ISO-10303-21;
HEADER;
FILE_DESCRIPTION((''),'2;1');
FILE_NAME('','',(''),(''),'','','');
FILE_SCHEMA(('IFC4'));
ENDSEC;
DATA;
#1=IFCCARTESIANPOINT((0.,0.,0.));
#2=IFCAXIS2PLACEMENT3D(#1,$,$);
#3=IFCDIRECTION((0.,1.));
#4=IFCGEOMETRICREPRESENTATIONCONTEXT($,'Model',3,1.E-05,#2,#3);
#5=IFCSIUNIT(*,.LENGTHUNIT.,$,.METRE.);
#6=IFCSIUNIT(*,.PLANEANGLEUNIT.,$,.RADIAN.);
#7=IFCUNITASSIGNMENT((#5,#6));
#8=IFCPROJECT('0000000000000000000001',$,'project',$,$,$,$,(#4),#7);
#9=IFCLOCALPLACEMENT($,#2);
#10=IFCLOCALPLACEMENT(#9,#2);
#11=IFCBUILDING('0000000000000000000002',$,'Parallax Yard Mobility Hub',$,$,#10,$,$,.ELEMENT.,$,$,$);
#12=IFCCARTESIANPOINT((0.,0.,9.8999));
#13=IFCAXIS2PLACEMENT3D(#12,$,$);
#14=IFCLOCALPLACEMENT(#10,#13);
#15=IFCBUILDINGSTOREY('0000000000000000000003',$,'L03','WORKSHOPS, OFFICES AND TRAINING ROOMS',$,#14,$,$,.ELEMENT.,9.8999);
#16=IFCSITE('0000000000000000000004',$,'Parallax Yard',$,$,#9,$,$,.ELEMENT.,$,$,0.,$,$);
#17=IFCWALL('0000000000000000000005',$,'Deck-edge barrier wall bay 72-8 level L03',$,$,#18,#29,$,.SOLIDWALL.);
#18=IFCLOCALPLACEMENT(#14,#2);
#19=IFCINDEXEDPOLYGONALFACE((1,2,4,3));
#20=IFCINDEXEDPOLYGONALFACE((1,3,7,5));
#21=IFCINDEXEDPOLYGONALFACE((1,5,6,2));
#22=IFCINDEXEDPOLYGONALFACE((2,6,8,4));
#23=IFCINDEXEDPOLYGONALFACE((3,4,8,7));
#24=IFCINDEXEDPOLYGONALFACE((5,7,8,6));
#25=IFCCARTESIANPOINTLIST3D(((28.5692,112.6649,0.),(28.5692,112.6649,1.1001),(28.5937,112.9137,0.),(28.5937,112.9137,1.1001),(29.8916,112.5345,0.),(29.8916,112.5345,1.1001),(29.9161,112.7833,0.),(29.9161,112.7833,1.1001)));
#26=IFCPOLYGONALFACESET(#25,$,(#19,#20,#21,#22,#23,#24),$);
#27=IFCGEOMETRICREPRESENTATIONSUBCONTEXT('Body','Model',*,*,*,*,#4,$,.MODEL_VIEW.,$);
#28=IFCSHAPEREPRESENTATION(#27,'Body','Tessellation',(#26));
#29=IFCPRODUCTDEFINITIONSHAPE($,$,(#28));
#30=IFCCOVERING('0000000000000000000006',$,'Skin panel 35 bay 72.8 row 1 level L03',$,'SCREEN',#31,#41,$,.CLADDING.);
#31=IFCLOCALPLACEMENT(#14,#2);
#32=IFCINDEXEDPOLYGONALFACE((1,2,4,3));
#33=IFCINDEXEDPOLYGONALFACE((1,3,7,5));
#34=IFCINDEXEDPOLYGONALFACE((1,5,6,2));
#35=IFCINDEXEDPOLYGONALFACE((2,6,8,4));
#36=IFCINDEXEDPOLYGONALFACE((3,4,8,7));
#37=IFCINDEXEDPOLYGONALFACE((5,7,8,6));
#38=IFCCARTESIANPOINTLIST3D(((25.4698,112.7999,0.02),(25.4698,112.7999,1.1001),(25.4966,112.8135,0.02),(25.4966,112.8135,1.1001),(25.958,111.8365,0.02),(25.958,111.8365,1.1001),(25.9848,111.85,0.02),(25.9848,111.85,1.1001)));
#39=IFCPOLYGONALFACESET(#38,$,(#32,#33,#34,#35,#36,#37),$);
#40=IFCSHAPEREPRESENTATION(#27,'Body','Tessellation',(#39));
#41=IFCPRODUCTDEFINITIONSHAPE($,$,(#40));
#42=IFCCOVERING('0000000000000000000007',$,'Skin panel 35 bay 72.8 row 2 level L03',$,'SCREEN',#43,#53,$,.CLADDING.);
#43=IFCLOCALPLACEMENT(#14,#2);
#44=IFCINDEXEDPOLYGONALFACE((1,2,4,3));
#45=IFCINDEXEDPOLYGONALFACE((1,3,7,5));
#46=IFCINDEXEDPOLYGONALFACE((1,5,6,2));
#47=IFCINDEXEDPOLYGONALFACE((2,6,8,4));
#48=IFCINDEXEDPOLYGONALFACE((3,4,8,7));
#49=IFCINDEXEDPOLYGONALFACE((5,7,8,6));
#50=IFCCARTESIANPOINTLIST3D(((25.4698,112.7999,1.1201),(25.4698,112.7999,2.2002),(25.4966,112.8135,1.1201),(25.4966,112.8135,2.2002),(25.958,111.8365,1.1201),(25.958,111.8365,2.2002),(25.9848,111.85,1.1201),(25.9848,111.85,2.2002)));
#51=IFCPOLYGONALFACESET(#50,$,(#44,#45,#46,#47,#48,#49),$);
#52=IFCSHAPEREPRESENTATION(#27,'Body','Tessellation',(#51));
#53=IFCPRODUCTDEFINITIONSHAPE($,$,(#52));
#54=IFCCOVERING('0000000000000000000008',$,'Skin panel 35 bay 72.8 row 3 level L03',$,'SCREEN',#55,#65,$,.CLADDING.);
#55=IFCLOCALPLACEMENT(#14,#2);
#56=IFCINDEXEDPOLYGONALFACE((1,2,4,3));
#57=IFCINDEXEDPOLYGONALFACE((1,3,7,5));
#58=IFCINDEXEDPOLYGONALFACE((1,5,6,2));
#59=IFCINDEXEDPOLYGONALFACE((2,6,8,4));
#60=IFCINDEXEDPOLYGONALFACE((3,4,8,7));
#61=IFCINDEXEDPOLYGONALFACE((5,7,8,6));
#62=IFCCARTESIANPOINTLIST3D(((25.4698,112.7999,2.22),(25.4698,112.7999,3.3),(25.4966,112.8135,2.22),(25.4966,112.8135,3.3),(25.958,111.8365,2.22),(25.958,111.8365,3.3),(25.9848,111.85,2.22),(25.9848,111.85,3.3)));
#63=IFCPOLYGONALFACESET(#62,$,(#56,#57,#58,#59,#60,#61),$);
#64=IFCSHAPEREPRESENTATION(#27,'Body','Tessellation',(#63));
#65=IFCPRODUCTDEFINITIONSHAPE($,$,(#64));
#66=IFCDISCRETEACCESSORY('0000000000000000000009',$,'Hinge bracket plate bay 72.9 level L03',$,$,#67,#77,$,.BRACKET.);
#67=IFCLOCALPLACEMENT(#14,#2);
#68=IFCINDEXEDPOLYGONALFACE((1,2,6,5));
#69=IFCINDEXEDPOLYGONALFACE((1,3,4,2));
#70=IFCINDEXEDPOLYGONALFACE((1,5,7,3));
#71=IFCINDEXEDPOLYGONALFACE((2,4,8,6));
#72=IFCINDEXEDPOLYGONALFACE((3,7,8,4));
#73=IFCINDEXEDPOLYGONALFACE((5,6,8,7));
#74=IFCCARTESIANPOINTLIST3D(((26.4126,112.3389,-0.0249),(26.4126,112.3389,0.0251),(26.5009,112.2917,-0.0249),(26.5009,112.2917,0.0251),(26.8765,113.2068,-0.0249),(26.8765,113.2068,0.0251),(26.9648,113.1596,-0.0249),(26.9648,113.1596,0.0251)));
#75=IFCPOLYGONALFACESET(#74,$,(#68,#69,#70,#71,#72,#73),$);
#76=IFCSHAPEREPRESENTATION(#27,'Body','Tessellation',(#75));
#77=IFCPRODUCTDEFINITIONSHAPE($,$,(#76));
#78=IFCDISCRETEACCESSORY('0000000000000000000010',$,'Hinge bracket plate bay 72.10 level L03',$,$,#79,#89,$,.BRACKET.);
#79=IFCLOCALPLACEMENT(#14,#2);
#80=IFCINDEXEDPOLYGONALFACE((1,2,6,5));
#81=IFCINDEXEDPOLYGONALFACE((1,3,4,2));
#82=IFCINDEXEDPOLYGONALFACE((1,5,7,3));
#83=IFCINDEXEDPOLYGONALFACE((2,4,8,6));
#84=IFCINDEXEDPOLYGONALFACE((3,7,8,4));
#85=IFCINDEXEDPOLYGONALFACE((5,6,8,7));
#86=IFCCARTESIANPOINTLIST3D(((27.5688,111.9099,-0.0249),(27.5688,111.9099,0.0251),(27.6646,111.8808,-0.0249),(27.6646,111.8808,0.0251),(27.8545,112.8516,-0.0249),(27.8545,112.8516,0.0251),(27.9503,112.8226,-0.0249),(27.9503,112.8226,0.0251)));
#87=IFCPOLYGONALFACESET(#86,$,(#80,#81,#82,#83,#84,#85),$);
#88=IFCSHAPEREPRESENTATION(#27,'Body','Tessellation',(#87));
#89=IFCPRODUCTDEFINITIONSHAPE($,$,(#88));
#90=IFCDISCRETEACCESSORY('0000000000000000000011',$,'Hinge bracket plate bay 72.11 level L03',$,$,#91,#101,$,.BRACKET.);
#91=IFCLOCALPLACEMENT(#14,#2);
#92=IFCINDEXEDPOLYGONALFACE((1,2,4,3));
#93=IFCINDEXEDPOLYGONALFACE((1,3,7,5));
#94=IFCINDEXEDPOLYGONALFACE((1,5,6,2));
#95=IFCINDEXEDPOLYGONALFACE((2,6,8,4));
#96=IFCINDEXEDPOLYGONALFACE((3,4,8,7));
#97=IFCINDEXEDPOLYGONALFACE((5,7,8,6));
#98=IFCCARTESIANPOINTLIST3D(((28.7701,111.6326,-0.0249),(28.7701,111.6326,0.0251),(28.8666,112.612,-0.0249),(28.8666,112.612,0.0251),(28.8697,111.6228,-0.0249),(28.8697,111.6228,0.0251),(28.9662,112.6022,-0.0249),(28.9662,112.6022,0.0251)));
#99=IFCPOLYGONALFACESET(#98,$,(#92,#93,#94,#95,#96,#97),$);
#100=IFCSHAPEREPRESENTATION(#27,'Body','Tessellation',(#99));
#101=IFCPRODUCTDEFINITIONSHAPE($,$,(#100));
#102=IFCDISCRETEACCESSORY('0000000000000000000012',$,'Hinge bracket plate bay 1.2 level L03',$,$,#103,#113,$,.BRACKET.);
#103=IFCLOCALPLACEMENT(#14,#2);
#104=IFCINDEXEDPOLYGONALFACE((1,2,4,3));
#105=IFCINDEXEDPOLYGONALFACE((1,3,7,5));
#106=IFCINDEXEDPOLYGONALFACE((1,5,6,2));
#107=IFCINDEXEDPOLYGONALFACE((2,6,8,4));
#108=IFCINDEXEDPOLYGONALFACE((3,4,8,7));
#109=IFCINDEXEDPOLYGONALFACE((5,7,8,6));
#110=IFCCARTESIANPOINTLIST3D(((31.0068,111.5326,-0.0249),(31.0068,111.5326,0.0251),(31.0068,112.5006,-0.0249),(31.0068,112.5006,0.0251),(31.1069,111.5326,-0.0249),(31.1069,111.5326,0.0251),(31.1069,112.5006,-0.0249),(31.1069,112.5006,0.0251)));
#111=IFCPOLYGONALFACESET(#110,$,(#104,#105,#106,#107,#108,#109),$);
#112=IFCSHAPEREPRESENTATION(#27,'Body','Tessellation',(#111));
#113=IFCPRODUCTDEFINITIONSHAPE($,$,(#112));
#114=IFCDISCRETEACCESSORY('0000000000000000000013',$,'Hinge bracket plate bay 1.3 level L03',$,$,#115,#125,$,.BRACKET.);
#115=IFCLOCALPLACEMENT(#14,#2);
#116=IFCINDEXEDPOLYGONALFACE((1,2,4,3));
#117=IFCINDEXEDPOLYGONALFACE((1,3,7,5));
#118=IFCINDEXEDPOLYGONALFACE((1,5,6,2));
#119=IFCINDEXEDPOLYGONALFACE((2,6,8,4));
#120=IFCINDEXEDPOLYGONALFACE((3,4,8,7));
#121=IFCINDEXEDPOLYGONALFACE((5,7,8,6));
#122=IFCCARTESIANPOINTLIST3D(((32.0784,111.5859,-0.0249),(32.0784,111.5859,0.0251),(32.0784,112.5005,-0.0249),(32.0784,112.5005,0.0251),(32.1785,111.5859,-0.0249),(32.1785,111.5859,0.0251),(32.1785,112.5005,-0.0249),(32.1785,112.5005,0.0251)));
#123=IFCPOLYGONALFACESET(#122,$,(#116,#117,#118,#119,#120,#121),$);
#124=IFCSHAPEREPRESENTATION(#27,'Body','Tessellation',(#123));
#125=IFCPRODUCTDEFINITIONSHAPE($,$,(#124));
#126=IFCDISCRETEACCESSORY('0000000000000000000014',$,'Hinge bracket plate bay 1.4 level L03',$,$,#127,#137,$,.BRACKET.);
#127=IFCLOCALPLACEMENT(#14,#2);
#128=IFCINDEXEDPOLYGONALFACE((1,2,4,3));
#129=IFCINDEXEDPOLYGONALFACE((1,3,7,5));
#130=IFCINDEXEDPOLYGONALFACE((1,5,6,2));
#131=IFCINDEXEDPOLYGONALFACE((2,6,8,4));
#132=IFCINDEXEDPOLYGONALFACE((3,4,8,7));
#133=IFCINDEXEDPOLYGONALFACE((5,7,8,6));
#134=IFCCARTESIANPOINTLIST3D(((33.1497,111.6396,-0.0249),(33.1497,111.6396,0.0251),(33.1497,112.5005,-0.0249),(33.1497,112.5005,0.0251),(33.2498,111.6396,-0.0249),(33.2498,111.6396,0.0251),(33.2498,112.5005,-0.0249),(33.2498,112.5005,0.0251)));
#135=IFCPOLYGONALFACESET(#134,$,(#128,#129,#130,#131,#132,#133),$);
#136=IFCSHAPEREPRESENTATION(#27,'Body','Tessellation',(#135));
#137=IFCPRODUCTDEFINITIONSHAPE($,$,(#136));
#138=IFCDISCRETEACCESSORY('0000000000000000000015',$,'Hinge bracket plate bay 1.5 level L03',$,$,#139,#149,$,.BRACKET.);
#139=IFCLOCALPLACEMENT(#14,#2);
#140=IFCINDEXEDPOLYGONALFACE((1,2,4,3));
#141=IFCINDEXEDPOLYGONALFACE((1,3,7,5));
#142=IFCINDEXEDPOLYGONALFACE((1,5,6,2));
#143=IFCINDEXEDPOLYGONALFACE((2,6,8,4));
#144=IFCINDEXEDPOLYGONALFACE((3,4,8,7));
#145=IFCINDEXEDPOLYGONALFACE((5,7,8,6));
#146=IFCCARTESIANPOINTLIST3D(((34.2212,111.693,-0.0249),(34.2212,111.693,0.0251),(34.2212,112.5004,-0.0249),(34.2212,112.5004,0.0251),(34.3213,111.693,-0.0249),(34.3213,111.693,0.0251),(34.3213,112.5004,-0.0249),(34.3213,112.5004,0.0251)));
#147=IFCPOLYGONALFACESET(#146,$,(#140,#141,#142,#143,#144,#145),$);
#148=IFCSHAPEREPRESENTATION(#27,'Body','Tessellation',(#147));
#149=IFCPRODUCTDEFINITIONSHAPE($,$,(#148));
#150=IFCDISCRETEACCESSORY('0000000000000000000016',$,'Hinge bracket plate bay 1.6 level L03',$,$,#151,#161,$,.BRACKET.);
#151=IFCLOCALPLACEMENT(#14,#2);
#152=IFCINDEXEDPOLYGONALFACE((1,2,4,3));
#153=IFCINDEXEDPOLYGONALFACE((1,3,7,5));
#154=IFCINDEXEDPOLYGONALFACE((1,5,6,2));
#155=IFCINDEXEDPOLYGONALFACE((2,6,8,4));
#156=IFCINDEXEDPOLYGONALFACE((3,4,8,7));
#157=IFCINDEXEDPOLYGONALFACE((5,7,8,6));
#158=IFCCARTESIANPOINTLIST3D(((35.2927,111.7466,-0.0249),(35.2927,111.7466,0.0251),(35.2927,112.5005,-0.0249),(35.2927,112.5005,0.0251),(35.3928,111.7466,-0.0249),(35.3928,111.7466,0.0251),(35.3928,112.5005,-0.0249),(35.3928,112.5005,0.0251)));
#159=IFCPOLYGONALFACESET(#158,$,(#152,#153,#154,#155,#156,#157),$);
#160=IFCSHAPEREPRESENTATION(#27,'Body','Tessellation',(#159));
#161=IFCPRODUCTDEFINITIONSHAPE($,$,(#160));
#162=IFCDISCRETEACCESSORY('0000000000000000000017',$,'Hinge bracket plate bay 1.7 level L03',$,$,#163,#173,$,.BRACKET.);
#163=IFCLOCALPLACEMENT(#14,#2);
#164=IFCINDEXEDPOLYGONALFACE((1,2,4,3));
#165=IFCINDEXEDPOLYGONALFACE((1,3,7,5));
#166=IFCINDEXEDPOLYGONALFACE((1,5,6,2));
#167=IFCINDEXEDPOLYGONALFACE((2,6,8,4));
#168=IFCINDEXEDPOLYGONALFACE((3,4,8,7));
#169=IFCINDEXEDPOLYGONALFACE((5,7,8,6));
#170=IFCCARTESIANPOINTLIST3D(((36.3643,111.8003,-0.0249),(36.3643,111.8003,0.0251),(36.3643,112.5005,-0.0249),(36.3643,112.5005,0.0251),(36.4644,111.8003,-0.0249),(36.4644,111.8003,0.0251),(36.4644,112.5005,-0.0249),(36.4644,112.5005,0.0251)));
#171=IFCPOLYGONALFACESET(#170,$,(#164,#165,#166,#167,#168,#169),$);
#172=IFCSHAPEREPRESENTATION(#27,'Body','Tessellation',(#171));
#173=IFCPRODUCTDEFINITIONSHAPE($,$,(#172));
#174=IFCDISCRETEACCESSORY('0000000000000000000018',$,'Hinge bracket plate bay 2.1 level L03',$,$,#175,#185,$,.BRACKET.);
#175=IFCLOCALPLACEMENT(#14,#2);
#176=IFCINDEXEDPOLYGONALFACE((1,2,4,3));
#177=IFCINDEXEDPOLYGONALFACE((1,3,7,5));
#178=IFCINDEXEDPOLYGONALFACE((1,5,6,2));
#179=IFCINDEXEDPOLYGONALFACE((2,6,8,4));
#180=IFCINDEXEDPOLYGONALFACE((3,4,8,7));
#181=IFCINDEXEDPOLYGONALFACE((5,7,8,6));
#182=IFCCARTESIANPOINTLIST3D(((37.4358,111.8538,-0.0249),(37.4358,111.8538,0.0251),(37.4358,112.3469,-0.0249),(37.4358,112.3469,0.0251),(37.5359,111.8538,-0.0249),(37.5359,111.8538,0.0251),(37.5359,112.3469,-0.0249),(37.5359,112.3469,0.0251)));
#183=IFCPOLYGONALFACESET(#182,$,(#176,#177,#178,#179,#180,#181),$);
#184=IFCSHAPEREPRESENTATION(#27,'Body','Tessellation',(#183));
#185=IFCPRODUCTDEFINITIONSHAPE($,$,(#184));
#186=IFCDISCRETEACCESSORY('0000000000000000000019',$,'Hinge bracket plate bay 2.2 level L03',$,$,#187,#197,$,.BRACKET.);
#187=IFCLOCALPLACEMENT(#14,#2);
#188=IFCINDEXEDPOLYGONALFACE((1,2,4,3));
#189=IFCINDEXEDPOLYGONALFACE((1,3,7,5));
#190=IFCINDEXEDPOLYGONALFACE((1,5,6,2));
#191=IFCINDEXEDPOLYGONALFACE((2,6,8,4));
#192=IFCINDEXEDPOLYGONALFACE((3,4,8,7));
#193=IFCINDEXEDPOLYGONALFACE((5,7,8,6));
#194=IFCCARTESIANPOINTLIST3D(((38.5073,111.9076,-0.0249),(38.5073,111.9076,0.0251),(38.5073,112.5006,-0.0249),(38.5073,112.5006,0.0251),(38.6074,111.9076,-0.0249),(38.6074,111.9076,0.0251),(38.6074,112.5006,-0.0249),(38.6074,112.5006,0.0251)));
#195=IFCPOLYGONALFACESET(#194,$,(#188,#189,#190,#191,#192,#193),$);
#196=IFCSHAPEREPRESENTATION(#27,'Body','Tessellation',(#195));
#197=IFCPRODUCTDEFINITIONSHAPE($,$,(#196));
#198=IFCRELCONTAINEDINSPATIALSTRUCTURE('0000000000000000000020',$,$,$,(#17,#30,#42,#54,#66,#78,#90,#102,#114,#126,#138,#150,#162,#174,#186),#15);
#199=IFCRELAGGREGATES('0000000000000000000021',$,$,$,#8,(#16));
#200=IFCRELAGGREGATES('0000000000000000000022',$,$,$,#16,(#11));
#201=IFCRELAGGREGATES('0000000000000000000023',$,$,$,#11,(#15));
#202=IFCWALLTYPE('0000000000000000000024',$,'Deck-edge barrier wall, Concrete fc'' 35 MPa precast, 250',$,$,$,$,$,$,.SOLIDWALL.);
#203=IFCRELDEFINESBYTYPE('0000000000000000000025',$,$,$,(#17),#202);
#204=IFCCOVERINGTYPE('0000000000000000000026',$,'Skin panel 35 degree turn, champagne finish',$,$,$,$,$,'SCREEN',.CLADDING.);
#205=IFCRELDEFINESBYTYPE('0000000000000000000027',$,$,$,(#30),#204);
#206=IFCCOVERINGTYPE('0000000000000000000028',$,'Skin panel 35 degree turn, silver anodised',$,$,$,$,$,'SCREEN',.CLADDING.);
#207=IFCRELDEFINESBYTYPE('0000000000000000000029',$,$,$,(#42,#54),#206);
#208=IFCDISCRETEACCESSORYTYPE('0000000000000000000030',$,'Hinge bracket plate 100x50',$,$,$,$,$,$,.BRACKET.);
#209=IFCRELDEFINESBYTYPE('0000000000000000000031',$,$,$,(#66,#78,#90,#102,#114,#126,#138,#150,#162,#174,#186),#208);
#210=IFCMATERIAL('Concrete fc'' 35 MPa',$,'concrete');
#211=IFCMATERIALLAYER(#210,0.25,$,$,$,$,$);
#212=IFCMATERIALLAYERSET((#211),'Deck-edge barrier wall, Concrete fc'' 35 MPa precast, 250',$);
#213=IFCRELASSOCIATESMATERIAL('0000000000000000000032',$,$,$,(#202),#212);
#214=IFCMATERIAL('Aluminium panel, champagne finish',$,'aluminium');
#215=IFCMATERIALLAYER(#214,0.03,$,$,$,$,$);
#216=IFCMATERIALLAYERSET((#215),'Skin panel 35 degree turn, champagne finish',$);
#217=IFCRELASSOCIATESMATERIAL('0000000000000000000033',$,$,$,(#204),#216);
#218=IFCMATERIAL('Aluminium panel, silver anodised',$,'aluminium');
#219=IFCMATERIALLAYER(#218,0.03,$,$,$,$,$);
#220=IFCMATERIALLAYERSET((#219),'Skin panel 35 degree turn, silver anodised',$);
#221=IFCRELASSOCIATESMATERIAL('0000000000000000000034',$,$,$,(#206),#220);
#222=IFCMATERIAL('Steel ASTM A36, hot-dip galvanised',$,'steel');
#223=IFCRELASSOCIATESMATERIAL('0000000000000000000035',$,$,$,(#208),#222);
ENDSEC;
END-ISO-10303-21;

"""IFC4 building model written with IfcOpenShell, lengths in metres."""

from ifc_helpers import new_model, si_unit, direction, frame, frame_2d, origin, origin_2d, place, context, subcontext, project, spatial, rectangle, extrude, material, layer, layer_set, type_object, element, save


model = new_model("IFC4")

# Units and contexts
model_context = context("Model", 3, precision=1e-05, world=origin(), true_north=direction((0.0, 1.0)))
body_context = subcontext(model_context, "Body", "Model", "MODEL_VIEW")
ifc_project = project(units=[si_unit("LENGTHUNIT", "METRE"), si_unit("PLANEANGLEUNIT", "RADIAN")], contexts=[model_context])

# Site, building, storey
site_placement = place(None, origin())
site = spatial("IfcSite", under=ifc_project, at=site_placement, Name="Parallax Yard", CompositionType="ELEMENT", RefElevation=0.0)
building_placement = place(site_placement, origin())
building = spatial("IfcBuilding", under=site, at=building_placement, Name="Parallax Yard Mobility Hub", CompositionType="ELEMENT")
storey_placement = place(building_placement, frame((0.0, 0.0, 9.8999)))
storey = spatial("IfcBuildingStorey", under=building, at=storey_placement, Name="L03", Description="WORKSHOPS, OFFICES AND TRAINING ROOMS", CompositionType="ELEMENT", Elevation=9.8999)

# Wall
ifc_material_1 = material(Name="Concrete fc' 35 MPa", Category="concrete")
ifc_layer_1 = layer(ifc_material_1, 0.25)
ifc_layer_set_1 = layer_set([ifc_layer_1], Name="Deck-edge barrier wall, Concrete fc' 35 MPa precast, 250")
wall_type = type_object("IfcWallType", Name="Deck-edge barrier wall, Concrete fc' 35 MPa precast, 250", PredefinedType="SOLIDWALL", material=ifc_layer_set_1)
wall_1_placement = place(storey_placement, frame((28.5813, 112.7893, 0.0), z_axis=(0.0, 0.0, 1.0), x_axis=(0.995176, -0.098103, 0.0)))
element("IfcWall", 1, at=wall_1_placement, inside=storey, type_object=wall_type, Name="Deck-edge barrier wall bay 72-8 level L03", PredefinedType="SOLIDWALL", context=body_context, shape_type="SweptSolid", body=[
    extrude(rectangle(XDim=1.3289, YDim=0.25, at=frame_2d((0.6646, 0.0))), origin(), (0.0, 0.0, 1.0), 1.1001),
])

# Coverings
ifc_material_2 = material(Name="Aluminium panel, champagne finish", Category="aluminium")
ifc_layer_2 = layer(ifc_material_2, 0.03)
ifc_layer_set_2 = layer_set([ifc_layer_2], Name="Skin panel 35 degree turn, champagne finish")
covering_type_1 = type_object("IfcCoveringType", Name="Skin panel 35 degree turn, champagne finish", ElementType="SCREEN", PredefinedType="CLADDING", material=ifc_layer_set_2)
covering_placement = place(storey_placement, frame((25.7273, 112.325, 0.02), z_axis=(0.0, 0.0, 1.0), x_axis=(0.452046, -0.891995, 0.0)))
element("IfcCovering", 2, at=covering_placement, inside=storey, type_object=covering_type_1, Name="Skin panel 35 bay 72.8 row 1 level L03", ObjectType="SCREEN", PredefinedType="CLADDING", context=body_context, shape_type="SweptSolid", body=[
    extrude(rectangle(XDim=1.0801, YDim=0.03, at=origin_2d()), origin(), (0.0, 0.0, 1.0), 1.0801),
])
ifc_material_3 = material(Name="Aluminium panel, silver anodised", Category="aluminium")
ifc_layer_3 = layer(ifc_material_3, 0.03)
ifc_layer_set_3 = layer_set([ifc_layer_3], Name="Skin panel 35 degree turn, silver anodised")
covering_type_2 = type_object("IfcCoveringType", Name="Skin panel 35 degree turn, silver anodised", ElementType="SCREEN", PredefinedType="CLADDING", material=ifc_layer_set_3)
for number, where, z_axis, x_axis, name in (
    (3, (25.7273, 112.325, 1.1201), (0.0, 0.0, 1.0), (0.452046, -0.891995, 0.0), "Skin panel 35 bay 72.8 row 2 level L03"),
    (4, (25.7273, 112.325, 2.22), (0.0, 0.0, 1.0), (0.452046, -0.891995, 0.0), "Skin panel 35 bay 72.8 row 3 level L03"),
):
    element("IfcCovering", number, at=place(storey_placement, frame(where, z_axis=z_axis, x_axis=x_axis)), inside=storey, type_object=covering_type_2, Name=name, ObjectType="SCREEN", PredefinedType="CLADDING", context=body_context, shape_type="SweptSolid", body=[
        extrude(rectangle(XDim=1.0801, YDim=0.03, at=origin_2d()), origin(), (0.0, 0.0, 1.0), 1.0801),
    ])

# Discrete accessories
ifc_material_4 = material(Name="Steel ASTM A36, hot-dip galvanised", Category="steel")
discrete_accessory_type_1 = type_object("IfcDiscreteAccessoryType", Name="Hinge bracket plate 100x50", PredefinedType="BRACKET", material=ifc_material_4)
for number, where, z_axis, x_axis, name in (
    (5, (26.6887, 112.7493, -0.0249), (0.0, 0.0, 1.0), (-0.471397, -0.881921, 0.0), "Hinge bracket plate bay 72.9 level L03"),
    (6, (27.7595, 112.3662, -0.0249), (0.0, 0.0, 1.0), (-0.290285, -0.95694, 0.0), "Hinge bracket plate bay 72.10 level L03"),
    (7, (28.8682, 112.1174, -0.0249), (0.0, 0.0, 1.0), (-0.098017, -0.995185, 0.0), "Hinge bracket plate bay 72.11 level L03"),
):
    element("IfcDiscreteAccessory", number, at=place(storey_placement, frame(where, z_axis=z_axis, x_axis=x_axis)), inside=storey, type_object=discrete_accessory_type_1, Name=name, PredefinedType="BRACKET", context=body_context, shape_type="SweptSolid", body=[
        extrude(rectangle(XDim=0.9841, YDim=0.1001, at=origin_2d()), origin(), (0.0, 0.0, 1.0), 0.05),
    ])
discrete_accessory_1_placement = place(storey_placement, frame((31.0569, 112.0166, -0.0249), z_axis=(0.0, 0.0, 1.0), x_axis=(0.0, -1.0, 0.0)))
element("IfcDiscreteAccessory", 8, at=discrete_accessory_1_placement, inside=storey, type_object=discrete_accessory_type_1, Name="Hinge bracket plate bay 1.2 level L03", PredefinedType="BRACKET", context=body_context, shape_type="SweptSolid", body=[
    extrude(rectangle(XDim=0.968, YDim=0.1001, at=origin_2d()), origin(), (0.0, 0.0, 1.0), 0.05),
])
discrete_accessory_2_placement = place(storey_placement, frame((32.1284, 112.0432, -0.0249), z_axis=(0.0, 0.0, 1.0), x_axis=(0.0, -1.0, 0.0)))
element("IfcDiscreteAccessory", 9, at=discrete_accessory_2_placement, inside=storey, type_object=discrete_accessory_type_1, Name="Hinge bracket plate bay 1.3 level L03", PredefinedType="BRACKET", context=body_context, shape_type="SweptSolid", body=[
    extrude(rectangle(XDim=0.9146, YDim=0.1001, at=origin_2d()), origin(), (0.0, 0.0, 1.0), 0.05),
])
discrete_accessory_3_placement = place(storey_placement, frame((33.1997, 112.0701, -0.0249), z_axis=(0.0, 0.0, 1.0), x_axis=(0.0, -1.0, 0.0)))
element("IfcDiscreteAccessory", 10, at=discrete_accessory_3_placement, inside=storey, type_object=discrete_accessory_type_1, Name="Hinge bracket plate bay 1.4 level L03", PredefinedType="BRACKET", context=body_context, shape_type="SweptSolid", body=[
    extrude(rectangle(XDim=0.8608, YDim=0.1001, at=origin_2d()), origin(), (0.0, 0.0, 1.0), 0.05),
])
discrete_accessory_4_placement = place(storey_placement, frame((34.2712, 112.0967, -0.0249), z_axis=(0.0, 0.0, 1.0), x_axis=(0.0, -1.0, 0.0)))
element("IfcDiscreteAccessory", 11, at=discrete_accessory_4_placement, inside=storey, type_object=discrete_accessory_type_1, Name="Hinge bracket plate bay 1.5 level L03", PredefinedType="BRACKET", context=body_context, shape_type="SweptSolid", body=[
    extrude(rectangle(XDim=0.8074, YDim=0.1001, at=origin_2d()), origin(), (0.0, 0.0, 1.0), 0.05),
])
discrete_accessory_5_placement = place(storey_placement, frame((35.3428, 112.1235, -0.0249), z_axis=(0.0, 0.0, 1.0), x_axis=(0.0, -1.0, 0.0)))
element("IfcDiscreteAccessory", 12, at=discrete_accessory_5_placement, inside=storey, type_object=discrete_accessory_type_1, Name="Hinge bracket plate bay 1.6 level L03", PredefinedType="BRACKET", context=body_context, shape_type="SweptSolid", body=[
    extrude(rectangle(XDim=0.7539, YDim=0.1001, at=origin_2d()), origin(), (0.0, 0.0, 1.0), 0.05),
])
discrete_accessory_6_placement = place(storey_placement, frame((36.4143, 112.1504, -0.0249), z_axis=(0.0, 0.0, 1.0), x_axis=(0.0, -1.0, 0.0)))
element("IfcDiscreteAccessory", 13, at=discrete_accessory_6_placement, inside=storey, type_object=discrete_accessory_type_1, Name="Hinge bracket plate bay 1.7 level L03", PredefinedType="BRACKET", context=body_context, shape_type="SweptSolid", body=[
    extrude(rectangle(XDim=0.7002, YDim=0.1001, at=origin_2d()), origin(), (0.0, 0.0, 1.0), 0.05),
])
discrete_accessory_7_placement = place(storey_placement, frame((37.4858, 112.1003, -0.0249), z_axis=(0.0, 0.0, 1.0), x_axis=(0.0, -1.0, 0.0)))
element("IfcDiscreteAccessory", 14, at=discrete_accessory_7_placement, inside=storey, type_object=discrete_accessory_type_1, Name="Hinge bracket plate bay 2.1 level L03", PredefinedType="BRACKET", context=body_context, shape_type="SweptSolid", body=[
    extrude(rectangle(XDim=0.4932, YDim=0.1001, at=origin_2d()), origin(), (0.0, 0.0, 1.0), 0.05),
])
discrete_accessory_8_placement = place(storey_placement, frame((38.5574, 112.2041, -0.0249), z_axis=(0.0, 0.0, 1.0), x_axis=(0.0, -1.0, 0.0)))
element("IfcDiscreteAccessory", 15, at=discrete_accessory_8_placement, inside=storey, type_object=discrete_accessory_type_1, Name="Hinge bracket plate bay 2.2 level L03", PredefinedType="BRACKET", context=body_context, shape_type="SweptSolid", body=[
    extrude(rectangle(XDim=0.593, YDim=0.1001, at=origin_2d()), origin(), (0.0, 0.0, 1.0), 0.05),
])

save(model, "model.ifc")
